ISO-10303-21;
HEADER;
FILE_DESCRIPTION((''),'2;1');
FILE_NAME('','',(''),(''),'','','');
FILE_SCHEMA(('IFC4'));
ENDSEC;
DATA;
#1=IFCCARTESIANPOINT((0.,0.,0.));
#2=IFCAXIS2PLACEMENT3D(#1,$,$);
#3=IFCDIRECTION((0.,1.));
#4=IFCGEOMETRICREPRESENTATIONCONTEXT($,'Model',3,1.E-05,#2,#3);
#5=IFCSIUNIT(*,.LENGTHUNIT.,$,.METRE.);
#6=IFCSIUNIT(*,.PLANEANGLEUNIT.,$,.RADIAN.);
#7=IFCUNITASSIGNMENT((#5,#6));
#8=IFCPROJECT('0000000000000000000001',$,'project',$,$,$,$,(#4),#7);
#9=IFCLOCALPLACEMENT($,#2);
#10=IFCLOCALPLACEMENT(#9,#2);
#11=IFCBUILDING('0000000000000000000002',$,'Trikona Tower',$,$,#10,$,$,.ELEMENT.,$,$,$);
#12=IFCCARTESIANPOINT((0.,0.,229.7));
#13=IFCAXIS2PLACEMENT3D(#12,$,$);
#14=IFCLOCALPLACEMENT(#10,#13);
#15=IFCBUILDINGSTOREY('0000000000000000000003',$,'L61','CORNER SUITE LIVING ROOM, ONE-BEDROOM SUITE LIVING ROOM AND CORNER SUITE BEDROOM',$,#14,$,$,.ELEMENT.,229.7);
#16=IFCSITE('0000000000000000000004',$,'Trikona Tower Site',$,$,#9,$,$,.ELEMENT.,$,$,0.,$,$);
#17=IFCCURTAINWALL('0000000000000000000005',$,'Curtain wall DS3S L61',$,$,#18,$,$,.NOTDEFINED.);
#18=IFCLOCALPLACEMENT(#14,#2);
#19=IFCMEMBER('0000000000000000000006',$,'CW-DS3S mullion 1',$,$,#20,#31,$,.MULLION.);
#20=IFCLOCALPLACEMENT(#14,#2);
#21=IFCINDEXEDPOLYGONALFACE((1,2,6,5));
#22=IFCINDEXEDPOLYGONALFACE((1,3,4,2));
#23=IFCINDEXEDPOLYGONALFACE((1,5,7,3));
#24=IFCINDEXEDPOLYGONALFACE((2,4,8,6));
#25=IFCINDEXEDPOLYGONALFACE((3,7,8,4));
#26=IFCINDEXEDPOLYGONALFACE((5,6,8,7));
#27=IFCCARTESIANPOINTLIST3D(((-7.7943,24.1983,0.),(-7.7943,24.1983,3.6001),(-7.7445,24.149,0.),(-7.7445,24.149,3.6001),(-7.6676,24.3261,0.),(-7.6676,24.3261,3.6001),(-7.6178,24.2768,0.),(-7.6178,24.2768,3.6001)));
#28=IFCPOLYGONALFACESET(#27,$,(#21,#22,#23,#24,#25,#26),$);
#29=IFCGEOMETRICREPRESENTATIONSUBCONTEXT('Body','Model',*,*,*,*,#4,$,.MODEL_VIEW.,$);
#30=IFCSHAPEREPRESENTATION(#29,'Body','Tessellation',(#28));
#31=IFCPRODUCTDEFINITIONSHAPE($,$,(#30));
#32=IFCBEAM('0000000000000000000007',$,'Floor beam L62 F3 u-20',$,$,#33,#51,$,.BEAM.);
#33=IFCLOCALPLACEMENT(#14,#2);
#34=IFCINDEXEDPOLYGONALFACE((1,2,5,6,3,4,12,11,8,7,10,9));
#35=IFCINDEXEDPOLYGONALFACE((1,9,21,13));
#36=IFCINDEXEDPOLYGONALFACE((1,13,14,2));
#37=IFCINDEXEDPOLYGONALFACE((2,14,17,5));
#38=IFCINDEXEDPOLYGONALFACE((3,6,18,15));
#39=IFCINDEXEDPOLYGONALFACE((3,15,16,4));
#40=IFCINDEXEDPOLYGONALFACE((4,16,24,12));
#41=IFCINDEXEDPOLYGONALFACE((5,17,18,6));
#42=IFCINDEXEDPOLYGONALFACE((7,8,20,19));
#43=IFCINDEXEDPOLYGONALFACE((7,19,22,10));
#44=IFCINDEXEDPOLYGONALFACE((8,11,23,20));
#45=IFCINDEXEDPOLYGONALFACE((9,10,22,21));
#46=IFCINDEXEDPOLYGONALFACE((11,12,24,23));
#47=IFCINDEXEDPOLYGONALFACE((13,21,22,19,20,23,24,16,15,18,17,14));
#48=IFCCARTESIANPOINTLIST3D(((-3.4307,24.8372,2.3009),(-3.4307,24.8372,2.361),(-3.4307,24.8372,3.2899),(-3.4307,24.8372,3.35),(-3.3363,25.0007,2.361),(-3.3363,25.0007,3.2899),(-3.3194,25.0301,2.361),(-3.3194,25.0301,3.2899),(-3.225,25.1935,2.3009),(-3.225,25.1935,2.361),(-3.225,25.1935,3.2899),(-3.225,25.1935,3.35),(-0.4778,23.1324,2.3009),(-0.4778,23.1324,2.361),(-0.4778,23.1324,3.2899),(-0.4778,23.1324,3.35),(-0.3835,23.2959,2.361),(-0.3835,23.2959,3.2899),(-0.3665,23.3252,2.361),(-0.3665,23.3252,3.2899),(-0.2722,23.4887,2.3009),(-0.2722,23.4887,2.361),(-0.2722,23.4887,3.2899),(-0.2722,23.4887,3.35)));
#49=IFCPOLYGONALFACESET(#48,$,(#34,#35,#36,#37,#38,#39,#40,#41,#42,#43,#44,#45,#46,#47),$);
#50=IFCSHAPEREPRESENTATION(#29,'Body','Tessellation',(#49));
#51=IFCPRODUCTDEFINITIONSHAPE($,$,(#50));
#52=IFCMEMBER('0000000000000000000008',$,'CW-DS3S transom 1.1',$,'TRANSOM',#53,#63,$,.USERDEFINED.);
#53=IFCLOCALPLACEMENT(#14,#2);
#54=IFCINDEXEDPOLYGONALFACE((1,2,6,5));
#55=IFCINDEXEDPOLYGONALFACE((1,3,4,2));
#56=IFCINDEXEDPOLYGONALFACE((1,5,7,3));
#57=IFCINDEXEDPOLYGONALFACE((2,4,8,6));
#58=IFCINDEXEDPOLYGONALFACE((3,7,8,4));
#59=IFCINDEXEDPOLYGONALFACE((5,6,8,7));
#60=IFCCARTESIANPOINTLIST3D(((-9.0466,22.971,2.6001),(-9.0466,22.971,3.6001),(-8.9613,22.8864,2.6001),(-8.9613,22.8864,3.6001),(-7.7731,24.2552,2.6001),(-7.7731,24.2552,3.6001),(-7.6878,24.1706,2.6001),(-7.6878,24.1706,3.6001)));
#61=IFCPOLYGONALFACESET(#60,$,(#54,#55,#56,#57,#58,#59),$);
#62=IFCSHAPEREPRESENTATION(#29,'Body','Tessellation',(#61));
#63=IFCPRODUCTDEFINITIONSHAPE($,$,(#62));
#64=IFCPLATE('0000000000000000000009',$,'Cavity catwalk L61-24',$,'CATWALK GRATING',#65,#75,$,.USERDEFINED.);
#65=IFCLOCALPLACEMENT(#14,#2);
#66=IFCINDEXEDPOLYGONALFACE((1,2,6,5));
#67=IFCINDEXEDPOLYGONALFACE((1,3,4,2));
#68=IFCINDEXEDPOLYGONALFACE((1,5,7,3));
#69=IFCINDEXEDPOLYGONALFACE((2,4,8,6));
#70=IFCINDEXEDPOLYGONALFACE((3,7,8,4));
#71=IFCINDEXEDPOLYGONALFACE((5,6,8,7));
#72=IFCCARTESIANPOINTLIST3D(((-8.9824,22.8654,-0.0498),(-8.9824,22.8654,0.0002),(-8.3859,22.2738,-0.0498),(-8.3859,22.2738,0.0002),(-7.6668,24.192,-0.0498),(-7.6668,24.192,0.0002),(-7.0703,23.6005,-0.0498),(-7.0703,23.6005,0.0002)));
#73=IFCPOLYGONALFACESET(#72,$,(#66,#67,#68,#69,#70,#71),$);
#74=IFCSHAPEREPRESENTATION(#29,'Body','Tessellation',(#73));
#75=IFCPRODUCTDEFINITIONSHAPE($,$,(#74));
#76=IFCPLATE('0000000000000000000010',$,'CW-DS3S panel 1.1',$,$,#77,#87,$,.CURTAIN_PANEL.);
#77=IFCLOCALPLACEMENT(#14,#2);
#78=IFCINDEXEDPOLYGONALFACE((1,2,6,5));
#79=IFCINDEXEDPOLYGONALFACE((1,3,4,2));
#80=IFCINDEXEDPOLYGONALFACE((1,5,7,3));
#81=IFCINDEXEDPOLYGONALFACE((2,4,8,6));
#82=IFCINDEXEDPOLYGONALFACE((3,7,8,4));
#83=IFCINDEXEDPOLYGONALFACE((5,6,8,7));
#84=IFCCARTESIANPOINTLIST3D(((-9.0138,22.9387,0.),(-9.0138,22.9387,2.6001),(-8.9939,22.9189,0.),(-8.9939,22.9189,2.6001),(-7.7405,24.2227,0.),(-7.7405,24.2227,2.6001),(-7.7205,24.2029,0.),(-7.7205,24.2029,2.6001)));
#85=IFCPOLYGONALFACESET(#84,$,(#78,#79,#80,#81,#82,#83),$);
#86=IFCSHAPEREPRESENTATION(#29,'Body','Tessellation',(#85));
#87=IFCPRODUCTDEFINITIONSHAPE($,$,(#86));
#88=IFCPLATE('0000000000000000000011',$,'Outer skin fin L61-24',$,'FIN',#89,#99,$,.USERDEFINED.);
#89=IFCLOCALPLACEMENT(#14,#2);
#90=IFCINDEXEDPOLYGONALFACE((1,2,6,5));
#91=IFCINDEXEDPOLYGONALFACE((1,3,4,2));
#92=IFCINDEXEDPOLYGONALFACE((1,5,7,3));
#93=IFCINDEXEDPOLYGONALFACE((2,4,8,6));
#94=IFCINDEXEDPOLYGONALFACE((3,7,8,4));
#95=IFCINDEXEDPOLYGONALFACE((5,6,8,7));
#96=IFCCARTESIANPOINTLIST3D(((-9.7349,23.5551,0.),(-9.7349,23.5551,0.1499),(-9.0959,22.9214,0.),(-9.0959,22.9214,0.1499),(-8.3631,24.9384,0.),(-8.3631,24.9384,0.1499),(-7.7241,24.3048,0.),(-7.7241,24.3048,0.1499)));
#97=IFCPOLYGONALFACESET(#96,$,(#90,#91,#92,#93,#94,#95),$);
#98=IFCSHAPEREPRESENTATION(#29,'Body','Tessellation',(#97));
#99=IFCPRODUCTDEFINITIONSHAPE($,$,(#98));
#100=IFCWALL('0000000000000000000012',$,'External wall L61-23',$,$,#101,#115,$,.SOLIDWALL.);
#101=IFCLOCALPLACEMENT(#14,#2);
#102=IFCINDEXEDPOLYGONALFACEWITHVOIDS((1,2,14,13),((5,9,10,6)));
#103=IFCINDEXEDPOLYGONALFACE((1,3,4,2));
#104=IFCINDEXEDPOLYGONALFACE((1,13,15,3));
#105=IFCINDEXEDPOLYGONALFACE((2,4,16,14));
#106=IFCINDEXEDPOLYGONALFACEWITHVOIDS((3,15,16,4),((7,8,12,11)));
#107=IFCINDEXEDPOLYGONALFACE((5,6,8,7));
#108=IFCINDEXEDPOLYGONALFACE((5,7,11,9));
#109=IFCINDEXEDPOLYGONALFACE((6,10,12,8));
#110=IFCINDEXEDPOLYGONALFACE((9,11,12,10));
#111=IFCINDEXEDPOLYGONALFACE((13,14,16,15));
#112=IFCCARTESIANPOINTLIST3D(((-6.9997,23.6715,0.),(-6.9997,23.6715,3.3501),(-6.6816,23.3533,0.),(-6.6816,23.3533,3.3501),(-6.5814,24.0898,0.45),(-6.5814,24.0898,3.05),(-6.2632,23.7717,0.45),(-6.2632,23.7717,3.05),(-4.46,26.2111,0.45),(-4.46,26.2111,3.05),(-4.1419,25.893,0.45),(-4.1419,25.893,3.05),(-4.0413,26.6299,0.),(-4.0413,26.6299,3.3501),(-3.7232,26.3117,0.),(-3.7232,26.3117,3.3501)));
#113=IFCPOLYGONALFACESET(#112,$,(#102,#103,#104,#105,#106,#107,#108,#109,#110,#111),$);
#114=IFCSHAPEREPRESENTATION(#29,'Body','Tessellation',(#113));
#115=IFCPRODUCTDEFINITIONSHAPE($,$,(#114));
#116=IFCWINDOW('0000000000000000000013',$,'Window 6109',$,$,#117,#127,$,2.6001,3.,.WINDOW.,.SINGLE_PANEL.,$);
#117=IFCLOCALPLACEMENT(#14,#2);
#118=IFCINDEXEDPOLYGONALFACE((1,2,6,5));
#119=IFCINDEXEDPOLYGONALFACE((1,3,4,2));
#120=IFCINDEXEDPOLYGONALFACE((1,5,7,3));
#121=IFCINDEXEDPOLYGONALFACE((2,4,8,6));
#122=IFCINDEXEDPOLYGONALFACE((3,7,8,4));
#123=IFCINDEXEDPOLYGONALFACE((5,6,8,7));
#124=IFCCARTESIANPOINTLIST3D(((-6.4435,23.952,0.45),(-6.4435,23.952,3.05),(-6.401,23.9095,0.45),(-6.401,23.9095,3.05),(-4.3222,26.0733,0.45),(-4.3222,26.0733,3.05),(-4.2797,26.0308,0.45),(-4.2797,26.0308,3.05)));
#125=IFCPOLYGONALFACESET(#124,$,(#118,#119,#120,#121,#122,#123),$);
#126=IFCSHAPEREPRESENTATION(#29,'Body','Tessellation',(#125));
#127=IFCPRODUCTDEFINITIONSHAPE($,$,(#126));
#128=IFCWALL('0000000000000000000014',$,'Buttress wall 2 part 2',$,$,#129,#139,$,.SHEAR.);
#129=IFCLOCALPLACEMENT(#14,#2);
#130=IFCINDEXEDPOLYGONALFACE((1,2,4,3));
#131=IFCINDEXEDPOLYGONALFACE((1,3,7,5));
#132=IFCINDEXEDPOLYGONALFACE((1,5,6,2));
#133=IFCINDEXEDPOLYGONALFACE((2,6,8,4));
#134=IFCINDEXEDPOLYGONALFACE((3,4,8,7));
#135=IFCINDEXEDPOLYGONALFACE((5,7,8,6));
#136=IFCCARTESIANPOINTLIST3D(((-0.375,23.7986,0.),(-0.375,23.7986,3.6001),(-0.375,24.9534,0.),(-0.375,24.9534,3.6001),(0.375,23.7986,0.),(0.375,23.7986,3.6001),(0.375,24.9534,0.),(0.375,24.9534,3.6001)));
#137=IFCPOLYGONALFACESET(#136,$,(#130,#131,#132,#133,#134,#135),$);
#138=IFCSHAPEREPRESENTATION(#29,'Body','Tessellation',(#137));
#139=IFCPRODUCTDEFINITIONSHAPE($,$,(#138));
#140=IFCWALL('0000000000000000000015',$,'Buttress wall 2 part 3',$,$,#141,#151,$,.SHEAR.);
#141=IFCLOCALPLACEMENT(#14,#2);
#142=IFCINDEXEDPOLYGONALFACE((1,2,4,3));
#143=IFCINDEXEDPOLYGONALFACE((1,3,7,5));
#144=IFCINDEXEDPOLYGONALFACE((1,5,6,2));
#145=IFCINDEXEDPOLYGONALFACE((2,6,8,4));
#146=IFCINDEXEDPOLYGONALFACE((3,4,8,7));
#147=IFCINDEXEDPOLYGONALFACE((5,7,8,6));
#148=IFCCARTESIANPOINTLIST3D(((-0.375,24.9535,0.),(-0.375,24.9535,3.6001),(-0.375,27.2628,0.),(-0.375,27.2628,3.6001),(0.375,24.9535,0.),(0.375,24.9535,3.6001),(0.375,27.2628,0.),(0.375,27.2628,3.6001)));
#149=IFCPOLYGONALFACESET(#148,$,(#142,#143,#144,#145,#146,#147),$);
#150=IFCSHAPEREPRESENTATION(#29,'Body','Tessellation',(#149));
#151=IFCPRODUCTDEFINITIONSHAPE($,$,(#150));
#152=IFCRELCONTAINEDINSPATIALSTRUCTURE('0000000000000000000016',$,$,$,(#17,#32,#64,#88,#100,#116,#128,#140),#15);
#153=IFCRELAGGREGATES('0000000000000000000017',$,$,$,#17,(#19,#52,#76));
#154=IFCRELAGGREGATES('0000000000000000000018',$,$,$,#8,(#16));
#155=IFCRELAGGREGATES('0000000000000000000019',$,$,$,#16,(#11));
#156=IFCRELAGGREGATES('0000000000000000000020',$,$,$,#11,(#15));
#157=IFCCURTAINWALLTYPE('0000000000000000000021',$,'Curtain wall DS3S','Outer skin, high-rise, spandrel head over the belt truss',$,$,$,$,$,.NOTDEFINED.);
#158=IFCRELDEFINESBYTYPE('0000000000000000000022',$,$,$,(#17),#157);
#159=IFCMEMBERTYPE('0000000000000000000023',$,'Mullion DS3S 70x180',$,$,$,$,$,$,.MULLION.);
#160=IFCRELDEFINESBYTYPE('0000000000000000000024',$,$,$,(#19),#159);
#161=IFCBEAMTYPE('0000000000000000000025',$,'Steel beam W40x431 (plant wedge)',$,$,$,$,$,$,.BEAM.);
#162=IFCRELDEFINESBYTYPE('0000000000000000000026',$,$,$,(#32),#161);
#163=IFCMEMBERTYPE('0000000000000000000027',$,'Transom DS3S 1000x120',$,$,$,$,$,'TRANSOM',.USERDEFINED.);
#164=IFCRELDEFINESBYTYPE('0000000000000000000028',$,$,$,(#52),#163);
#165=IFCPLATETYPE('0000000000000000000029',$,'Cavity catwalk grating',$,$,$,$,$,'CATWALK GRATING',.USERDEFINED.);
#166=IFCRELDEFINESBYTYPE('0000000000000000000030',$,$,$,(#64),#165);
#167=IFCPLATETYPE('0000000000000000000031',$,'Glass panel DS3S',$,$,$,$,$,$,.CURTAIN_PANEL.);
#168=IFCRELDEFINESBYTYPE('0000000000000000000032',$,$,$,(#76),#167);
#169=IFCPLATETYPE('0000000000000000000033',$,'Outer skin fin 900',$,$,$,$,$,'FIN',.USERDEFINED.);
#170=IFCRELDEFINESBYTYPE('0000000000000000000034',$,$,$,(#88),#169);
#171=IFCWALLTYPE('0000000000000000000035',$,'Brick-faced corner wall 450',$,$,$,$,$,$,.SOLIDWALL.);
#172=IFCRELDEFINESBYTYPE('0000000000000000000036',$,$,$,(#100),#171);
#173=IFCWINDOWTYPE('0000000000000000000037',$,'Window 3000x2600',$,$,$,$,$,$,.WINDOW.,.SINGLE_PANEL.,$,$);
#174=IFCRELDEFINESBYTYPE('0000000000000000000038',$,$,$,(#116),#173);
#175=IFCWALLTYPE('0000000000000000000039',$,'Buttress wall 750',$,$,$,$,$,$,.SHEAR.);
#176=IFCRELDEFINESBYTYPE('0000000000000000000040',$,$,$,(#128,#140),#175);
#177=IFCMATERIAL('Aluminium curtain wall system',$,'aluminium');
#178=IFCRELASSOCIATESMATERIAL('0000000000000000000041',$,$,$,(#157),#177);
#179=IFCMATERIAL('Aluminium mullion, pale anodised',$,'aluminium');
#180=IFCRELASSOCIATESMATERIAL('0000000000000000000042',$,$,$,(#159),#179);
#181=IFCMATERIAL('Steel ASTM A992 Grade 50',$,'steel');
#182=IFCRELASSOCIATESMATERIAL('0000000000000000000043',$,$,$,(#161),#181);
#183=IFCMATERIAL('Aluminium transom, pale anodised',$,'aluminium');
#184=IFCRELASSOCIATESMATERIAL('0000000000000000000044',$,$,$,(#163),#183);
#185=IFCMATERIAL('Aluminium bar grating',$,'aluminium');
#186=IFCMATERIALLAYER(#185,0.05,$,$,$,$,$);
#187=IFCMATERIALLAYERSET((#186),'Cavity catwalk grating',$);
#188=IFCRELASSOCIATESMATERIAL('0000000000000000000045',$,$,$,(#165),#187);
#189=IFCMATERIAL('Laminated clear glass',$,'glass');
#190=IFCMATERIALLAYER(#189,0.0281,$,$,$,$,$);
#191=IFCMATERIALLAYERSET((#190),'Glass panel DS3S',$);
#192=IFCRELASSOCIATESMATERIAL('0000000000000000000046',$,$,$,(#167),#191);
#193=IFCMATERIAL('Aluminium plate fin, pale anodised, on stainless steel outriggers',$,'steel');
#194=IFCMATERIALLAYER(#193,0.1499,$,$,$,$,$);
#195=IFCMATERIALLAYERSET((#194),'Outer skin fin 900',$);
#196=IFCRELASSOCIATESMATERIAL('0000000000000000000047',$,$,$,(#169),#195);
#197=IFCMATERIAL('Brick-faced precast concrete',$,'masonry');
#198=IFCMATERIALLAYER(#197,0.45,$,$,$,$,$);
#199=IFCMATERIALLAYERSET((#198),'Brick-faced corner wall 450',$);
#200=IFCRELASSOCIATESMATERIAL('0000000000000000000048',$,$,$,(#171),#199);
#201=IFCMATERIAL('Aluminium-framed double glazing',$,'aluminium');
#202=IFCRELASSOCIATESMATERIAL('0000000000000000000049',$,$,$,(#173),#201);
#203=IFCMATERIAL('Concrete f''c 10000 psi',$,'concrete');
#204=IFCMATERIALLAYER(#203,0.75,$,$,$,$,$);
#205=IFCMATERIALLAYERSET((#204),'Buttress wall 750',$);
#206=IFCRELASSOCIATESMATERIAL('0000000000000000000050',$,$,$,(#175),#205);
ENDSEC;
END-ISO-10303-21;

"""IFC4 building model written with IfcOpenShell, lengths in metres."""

from ifc_helpers import new_model, si_unit, direction, frame, frame_2d, origin, origin_2d, place, context, subcontext, project, spatial, rectangle, i_section, extrude, material, layer, layer_set, material_profile, profile_set, type_object, element, fill, aggregate, save


model = new_model("IFC4")

# Units and contexts
model_context = context("Model", 3, precision=1e-05, world=origin(), true_north=direction((0.0, 1.0)))
body_context = subcontext(model_context, "Body", "Model", "MODEL_VIEW")
ifc_project = project(units=[si_unit("LENGTHUNIT", "METRE"), si_unit("PLANEANGLEUNIT", "RADIAN")], contexts=[model_context])

# Site, building, storey
site_placement = place(None, origin())
site = spatial("IfcSite", under=ifc_project, at=site_placement, Name="Trikona Tower Site", CompositionType="ELEMENT", RefElevation=0.0)
building_placement = place(site_placement, origin())
building = spatial("IfcBuilding", under=site, at=building_placement, Name="Trikona Tower", CompositionType="ELEMENT")
storey_placement = place(building_placement, frame((0.0, 0.0, 229.7)))
storey = spatial("IfcBuildingStorey", under=building, at=storey_placement, Name="L61", Description="CORNER SUITE LIVING ROOM, ONE-BEDROOM SUITE LIVING ROOM AND CORNER SUITE BEDROOM", CompositionType="ELEMENT", Elevation=229.7)

# Curtain wall, member
ifc_material_1 = material(Name="Aluminium curtain wall system", Category="aluminium")
curtain_wall_type = type_object("IfcCurtainWallType", Name="Curtain wall DS3S", Description="Outer skin, high-rise, spandrel head over the belt truss", PredefinedType="NOTDEFINED", material=ifc_material_1)
curtain_wall_placement = place(storey_placement, origin())
curtain_wall = element("IfcCurtainWall", 1, at=curtain_wall_placement, inside=storey, type_object=curtain_wall_type, Name="Curtain wall DS3S L61", PredefinedType="NOTDEFINED")
ifc_material_2 = material(Name="Aluminium mullion, pale anodised", Category="aluminium")
ifc_material_profile_1 = material_profile(ifc_material_2, rectangle(XDim=0.0701, YDim=0.1799, at=origin_2d()), Name="MUL-DS3S")
ifc_profile_set_1 = profile_set([ifc_material_profile_1], Name="Aluminium mullion, pale anodised")
member_type_1 = type_object("IfcMemberType", Name="Mullion DS3S 70x180", PredefinedType="MULLION", material=ifc_profile_set_1)
member_1_placement = place(storey_placement, frame((-7.7061, 24.2375, 0.0), z_axis=(0.0, 0.0, 1.0), x_axis=(0.710052, -0.704149, 0.0)))
member_1 = element("IfcMember", 2, at=member_1_placement, type_object=member_type_1, Name="CW-DS3S mullion 1", PredefinedType="MULLION", context=body_context, shape_type="SweptSolid", body=[
    extrude(rectangle(XDim=0.0701, YDim=0.1799, at=origin_2d()), origin(), (0.0, 0.0, 1.0), 3.6001),
])

# Beam
ifc_material_3 = material(Name="Steel ASTM A992 Grade 50", Category="steel")
ifc_material_profile_2 = material_profile(ifc_material_3, i_section(OverallWidth=0.4114, OverallDepth=1.0491, WebThickness=0.0339, FlangeThickness=0.0601, at=origin_2d()), Name="W40X431")
ifc_profile_set_2 = profile_set([ifc_material_profile_2], Name="Steel ASTM A992 Grade 50")
beam_type = type_object("IfcBeamType", Name="Steel beam W40x431 (plant wedge)", PredefinedType="BEAM", material=ifc_profile_set_2)
beam_placement = place(storey_placement, frame((-0.375, 23.3105, 2.8254), z_axis=(-0.866027, 0.499997, 0.0), x_axis=(-0.499997, -0.866027, 0.0)))
element("IfcBeam", 3, at=beam_placement, inside=storey, type_object=beam_type, Name="Floor beam L62 F3 u-20", PredefinedType="BEAM", context=body_context, shape_type="SweptSolid", body=[
    extrude(i_section(OverallWidth=0.4114, OverallDepth=1.0491, WebThickness=0.0339, FlangeThickness=0.0601, at=origin_2d()), origin(), (0.0, 0.0, 1.0), 3.4097),
])

# Member
ifc_material_4 = material(Name="Aluminium transom, pale anodised", Category="aluminium")
ifc_material_profile_3 = material_profile(ifc_material_4, rectangle(XDim=0.1201, YDim=1.0, at=origin_2d()), Name="TRN-DS3S")
ifc_profile_set_3 = profile_set([ifc_material_profile_3], Name="Aluminium transom, pale anodised")
member_type_2 = type_object("IfcMemberType", Name="Transom DS3S 1000x120", ElementType="TRANSOM", PredefinedType="USERDEFINED", material=ifc_profile_set_3)
member_2_placement = place(storey_placement, frame((-7.7305, 24.2129, 3.1001), z_axis=(-0.704131, -0.71007, 0.0), x_axis=(0.71007, -0.704131, 0.0)))
member_2 = element("IfcMember", 4, at=member_2_placement, type_object=member_type_2, Name="CW-DS3S transom 1.1", ObjectType="TRANSOM", PredefinedType="USERDEFINED", context=body_context, shape_type="SweptSolid", body=[
    extrude(rectangle(XDim=0.1201, YDim=1.0, at=origin_2d()), origin(), (0.0, 0.0, 1.0), 1.8086),
])

# Plates
ifc_material_5 = material(Name="Aluminium bar grating", Category="aluminium")
ifc_layer_1 = layer(ifc_material_5, 0.05)
ifc_layer_set_1 = layer_set([ifc_layer_1], Name="Cavity catwalk grating")
plate_type_1 = type_object("IfcPlateType", Name="Cavity catwalk grating", ElementType="CATWALK GRATING", PredefinedType="USERDEFINED", material=ifc_layer_set_1)
plate_1_placement = place(storey_placement, frame((-8.0264, 23.2329, -0.0498), z_axis=(0.0, 0.0, 1.0), x_axis=(-0.704151, -0.71005, 0.0)))
element("IfcPlate", 5, at=plate_1_placement, inside=storey, type_object=plate_type_1, Name="Cavity catwalk L61-24", ObjectType="CATWALK GRATING", PredefinedType="USERDEFINED", context=body_context, shape_type="SweptSolid", body=[
    extrude(rectangle(XDim=1.8684, YDim=0.8401, at=origin_2d()), origin(), (0.0, 0.0, 1.0), 0.05),
])
ifc_material_6 = material(Name="Laminated clear glass", Category="glass")
ifc_layer_2 = layer(ifc_material_6, 0.0281)
ifc_layer_set_2 = layer_set([ifc_layer_2], Name="Glass panel DS3S")
plate_type_2 = type_object("IfcPlateType", Name="Glass panel DS3S", PredefinedType="CURTAIN_PANEL", material=ifc_layer_set_2)
plate_2_placement = place(storey_placement, frame((-8.3672, 23.5708, 0.0), z_axis=(0.0, 0.0, 1.0), x_axis=(-0.704149, -0.710052, 0.0)))
plate_2 = element("IfcPlate", 6, at=plate_2_placement, type_object=plate_type_2, Name="CW-DS3S panel 1.1", PredefinedType="CURTAIN_PANEL", context=body_context, shape_type="SweptSolid", body=[
    extrude(rectangle(XDim=1.8083, YDim=0.0281, at=origin_2d()), origin(), (0.0, 0.0, 1.0), 2.6001),
])
aggregate(curtain_wall, [member_1, member_2, plate_2])
ifc_material_7 = material(Name="Aluminium plate fin, pale anodised, on stainless steel outriggers", Category="steel")
ifc_layer_3 = layer(ifc_material_7, 0.1499)
ifc_layer_set_3 = layer_set([ifc_layer_3], Name="Outer skin fin 900")
plate_type_3 = type_object("IfcPlateType", Name="Outer skin fin 900", ElementType="FIN", PredefinedType="USERDEFINED", material=ifc_layer_set_3)
plate_3_placement = place(storey_placement, frame((-8.7295, 23.9299, 0.0), z_axis=(0.0, 0.0, 1.0), x_axis=(-0.704151, -0.71005, 0.0)))
element("IfcPlate", 7, at=plate_3_placement, inside=storey, type_object=plate_type_3, Name="Outer skin fin L61-24", ObjectType="FIN", PredefinedType="USERDEFINED", context=body_context, shape_type="SweptSolid", body=[
    extrude(rectangle(XDim=1.9482, YDim=0.8999, at=origin_2d()), origin(), (0.0, 0.0, 1.0), 0.1499),
])

# Wall, opening, window
ifc_material_8 = material(Name="Brick-faced precast concrete", Category="masonry")
ifc_layer_4 = layer(ifc_material_8, 0.45)
ifc_layer_set_4 = layer_set([ifc_layer_4], Name="Brick-faced corner wall 450")
wall_type_1 = type_object("IfcWallType", Name="Brick-faced corner wall 450", PredefinedType="SOLIDWALL", material=ifc_layer_set_4)
wall_1_placement = place(storey_placement, frame((-3.8823, 26.4707, 0.0), z_axis=(0.0, 0.0, 1.0), x_axis=(-0.707107, -0.707107, 0.0)))
wall_1 = element("IfcWall", 8, at=wall_1_placement, inside=storey, type_object=wall_type_1, Name="External wall L61-23", PredefinedType="SOLIDWALL", context=body_context, shape_type="SweptSolid", body=[
    extrude(rectangle(XDim=4.1838, YDim=0.45, at=frame_2d((2.0918, 0.0))), origin(), (0.0, 0.0, 1.0), 3.3501),
])
opening_1_placement = place(wall_1_placement, frame((0.592, 0.0, 0.45)))
opening_1 = element("IfcOpeningElement", 9, at=opening_1_placement, cuts=wall_1, PredefinedType="OPENING", context=body_context, shape_type="SweptSolid", body=[
    extrude(rectangle(XDim=3.0, YDim=2.6001, at=frame_2d((1.5, 1.3))), frame((0.0, 0.2349, 0.0), z_axis=(0.0, -1.0, 0.0), x_axis=(1.0, 0.0, 0.0)), (0.0, 0.0, 1.0), 0.47),
])
ifc_material_9 = material(Name="Aluminium-framed double glazing", Category="aluminium")
window_type = type_object("IfcWindowType", Name="Window 3000x2600", PartitioningType="SINGLE_PANEL", PredefinedType="WINDOW", material=ifc_material_9)
window_placement = place(opening_1_placement, origin())
window = element("IfcWindow", 10, at=window_placement, inside=storey, type_object=window_type, Name="Window 6109", OverallHeight=2.6001, OverallWidth=3.0, PartitioningType="SINGLE_PANEL", PredefinedType="WINDOW", context=body_context, shape_type="SweptSolid", body=[
    extrude(rectangle(XDim=3.0, YDim=2.6001, at=frame_2d((1.5, 1.3))), frame((0.0, 0.03, 0.0), z_axis=(0.0, -1.0, 0.0), x_axis=(1.0, 0.0, 0.0)), (0.0, 0.0, 1.0), 0.0601),
])
fill(opening_1, window)

# Walls
ifc_material_10 = material(Name="Concrete f'c 10000 psi", Category="concrete")
ifc_layer_5 = layer(ifc_material_10, 0.75)
ifc_layer_set_5 = layer_set([ifc_layer_5], Name="Buttress wall 750")
wall_type_2 = type_object("IfcWallType", Name="Buttress wall 750", PredefinedType="SHEAR", material=ifc_layer_set_5)
wall_2_placement = place(storey_placement, frame((0.0, 23.7986, 0.0), z_axis=(0.0, 0.0, 1.0), x_axis=(0.0, 1.0, 0.0)))
element("IfcWall", 11, at=wall_2_placement, inside=storey, type_object=wall_type_2, Name="Buttress wall 2 part 2", PredefinedType="SHEAR", context=body_context, shape_type="SweptSolid", body=[
    extrude(rectangle(XDim=1.1548, YDim=0.75, at=frame_2d((0.5774, 0.0))), origin(), (0.0, 0.0, 1.0), 3.6001),
])
wall_3_placement = place(storey_placement, frame((0.0, 24.9534, 0.0), z_axis=(0.0, 0.0, 1.0), x_axis=(0.0, 1.0, 0.0)))
element("IfcWall", 12, at=wall_3_placement, inside=storey, type_object=wall_type_2, Name="Buttress wall 2 part 3", PredefinedType="SHEAR", context=body_context, shape_type="SweptSolid", body=[
    extrude(rectangle(XDim=2.3093, YDim=0.75, at=frame_2d((1.1548, 0.0))), origin(), (0.0, 0.0, 1.0), 3.6001),
])

save(model, "model.ifc")
